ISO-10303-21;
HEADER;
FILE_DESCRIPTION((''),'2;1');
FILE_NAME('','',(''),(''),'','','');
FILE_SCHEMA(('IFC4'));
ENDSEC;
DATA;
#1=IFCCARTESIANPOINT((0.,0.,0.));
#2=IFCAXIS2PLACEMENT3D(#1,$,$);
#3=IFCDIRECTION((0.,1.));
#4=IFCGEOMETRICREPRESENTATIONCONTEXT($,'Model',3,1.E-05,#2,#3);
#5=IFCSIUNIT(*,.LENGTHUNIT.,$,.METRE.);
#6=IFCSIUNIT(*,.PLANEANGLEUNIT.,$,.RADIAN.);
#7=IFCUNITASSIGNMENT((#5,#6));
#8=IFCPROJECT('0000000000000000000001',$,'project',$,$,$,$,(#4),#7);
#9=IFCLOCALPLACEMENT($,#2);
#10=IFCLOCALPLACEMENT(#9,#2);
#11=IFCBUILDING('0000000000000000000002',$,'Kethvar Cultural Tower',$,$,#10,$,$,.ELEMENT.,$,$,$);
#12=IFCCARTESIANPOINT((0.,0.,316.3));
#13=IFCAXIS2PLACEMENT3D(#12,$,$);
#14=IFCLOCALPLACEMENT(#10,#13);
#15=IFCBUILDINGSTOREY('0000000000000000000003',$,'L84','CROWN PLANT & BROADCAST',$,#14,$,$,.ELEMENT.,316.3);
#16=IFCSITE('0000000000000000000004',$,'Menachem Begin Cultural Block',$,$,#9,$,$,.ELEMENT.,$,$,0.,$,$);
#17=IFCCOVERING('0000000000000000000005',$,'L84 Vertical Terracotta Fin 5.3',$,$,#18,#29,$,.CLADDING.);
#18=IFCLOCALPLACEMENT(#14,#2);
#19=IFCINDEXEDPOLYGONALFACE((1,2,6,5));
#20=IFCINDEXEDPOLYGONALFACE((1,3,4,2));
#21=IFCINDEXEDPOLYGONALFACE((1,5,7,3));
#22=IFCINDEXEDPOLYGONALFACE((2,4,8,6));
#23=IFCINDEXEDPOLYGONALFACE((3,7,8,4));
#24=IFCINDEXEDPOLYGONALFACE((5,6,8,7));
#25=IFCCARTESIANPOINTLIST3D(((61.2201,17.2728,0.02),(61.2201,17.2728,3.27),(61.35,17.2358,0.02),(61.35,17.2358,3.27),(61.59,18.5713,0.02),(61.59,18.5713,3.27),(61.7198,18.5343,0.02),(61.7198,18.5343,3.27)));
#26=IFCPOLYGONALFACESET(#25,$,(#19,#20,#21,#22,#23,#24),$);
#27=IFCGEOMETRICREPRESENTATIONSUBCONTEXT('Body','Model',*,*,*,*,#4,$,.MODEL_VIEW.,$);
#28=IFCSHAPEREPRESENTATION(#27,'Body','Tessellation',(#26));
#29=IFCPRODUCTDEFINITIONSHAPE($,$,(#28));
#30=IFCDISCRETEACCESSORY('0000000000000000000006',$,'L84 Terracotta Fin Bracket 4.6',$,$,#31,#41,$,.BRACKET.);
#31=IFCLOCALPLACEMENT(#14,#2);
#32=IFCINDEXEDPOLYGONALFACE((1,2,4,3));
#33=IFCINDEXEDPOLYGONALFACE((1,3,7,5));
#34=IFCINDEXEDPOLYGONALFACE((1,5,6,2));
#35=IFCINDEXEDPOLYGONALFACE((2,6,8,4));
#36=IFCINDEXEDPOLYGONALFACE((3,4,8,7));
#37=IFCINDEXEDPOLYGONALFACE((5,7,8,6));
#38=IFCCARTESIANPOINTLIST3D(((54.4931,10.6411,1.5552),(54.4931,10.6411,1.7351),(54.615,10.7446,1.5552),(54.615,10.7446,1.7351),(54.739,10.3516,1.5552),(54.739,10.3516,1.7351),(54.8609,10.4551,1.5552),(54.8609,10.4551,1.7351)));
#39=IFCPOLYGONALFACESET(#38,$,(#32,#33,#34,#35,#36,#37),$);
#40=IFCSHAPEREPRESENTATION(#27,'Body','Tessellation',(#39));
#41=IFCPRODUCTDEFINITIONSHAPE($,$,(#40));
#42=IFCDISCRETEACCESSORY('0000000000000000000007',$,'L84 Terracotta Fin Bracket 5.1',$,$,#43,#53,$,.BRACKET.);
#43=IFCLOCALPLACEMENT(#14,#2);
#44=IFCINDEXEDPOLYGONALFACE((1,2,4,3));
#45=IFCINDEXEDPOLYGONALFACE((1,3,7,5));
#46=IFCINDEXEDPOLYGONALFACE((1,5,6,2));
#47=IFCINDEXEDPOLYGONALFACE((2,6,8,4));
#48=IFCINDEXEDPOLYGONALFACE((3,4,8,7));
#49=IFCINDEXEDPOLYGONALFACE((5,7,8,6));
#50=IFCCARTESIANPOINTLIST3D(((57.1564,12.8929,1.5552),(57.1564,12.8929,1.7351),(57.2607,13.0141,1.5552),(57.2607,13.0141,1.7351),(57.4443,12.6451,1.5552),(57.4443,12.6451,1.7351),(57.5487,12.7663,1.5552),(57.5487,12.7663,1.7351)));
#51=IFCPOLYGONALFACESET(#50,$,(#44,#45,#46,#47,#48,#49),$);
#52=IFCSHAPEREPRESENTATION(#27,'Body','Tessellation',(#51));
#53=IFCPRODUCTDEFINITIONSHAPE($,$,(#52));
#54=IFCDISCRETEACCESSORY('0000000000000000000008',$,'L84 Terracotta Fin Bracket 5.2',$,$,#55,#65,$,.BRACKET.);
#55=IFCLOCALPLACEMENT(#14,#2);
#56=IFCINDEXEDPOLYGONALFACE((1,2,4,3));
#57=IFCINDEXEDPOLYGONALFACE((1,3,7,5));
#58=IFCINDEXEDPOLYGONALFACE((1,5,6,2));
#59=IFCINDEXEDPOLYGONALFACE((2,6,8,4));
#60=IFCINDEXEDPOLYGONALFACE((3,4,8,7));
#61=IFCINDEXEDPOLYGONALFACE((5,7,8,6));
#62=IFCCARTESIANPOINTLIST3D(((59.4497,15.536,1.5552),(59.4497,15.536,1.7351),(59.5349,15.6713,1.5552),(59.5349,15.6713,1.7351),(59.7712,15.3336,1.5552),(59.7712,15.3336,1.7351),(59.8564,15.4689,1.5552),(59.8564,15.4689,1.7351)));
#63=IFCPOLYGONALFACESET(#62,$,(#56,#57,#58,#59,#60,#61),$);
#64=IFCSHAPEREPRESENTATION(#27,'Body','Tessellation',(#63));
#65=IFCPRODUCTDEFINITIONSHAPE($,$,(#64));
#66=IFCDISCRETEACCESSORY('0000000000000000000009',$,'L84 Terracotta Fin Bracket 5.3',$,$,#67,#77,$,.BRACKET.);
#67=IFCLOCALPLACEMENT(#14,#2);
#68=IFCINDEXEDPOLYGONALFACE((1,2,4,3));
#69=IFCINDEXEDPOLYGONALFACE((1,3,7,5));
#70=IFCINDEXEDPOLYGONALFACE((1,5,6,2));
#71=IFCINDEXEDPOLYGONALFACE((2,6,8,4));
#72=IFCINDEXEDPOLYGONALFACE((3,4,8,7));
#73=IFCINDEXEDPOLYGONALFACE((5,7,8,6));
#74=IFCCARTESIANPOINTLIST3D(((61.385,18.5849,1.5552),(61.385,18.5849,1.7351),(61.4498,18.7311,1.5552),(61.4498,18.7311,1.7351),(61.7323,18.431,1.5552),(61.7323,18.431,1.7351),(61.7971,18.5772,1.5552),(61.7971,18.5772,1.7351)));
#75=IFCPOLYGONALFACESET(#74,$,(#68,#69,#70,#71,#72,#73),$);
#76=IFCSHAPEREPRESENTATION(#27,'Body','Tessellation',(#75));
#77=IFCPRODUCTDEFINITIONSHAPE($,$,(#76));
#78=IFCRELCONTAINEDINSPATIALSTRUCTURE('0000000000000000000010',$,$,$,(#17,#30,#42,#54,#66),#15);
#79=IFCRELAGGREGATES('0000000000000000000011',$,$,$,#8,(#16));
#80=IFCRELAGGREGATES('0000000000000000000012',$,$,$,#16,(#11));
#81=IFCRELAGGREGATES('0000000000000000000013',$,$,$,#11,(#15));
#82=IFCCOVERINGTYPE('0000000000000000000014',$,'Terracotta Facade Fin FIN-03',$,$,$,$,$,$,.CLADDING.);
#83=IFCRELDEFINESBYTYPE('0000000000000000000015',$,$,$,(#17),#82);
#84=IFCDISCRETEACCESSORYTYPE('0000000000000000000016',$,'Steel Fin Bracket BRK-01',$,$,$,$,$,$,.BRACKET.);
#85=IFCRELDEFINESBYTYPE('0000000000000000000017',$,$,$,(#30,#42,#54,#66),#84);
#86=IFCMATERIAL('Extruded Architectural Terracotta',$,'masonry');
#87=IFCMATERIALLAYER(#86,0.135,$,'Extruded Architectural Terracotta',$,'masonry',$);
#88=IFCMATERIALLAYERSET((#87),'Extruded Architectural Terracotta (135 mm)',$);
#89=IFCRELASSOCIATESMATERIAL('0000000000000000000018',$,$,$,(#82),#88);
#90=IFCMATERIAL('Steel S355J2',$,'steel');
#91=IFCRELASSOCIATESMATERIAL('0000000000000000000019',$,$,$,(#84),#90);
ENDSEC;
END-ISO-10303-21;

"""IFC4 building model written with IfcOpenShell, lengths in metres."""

from ifc_helpers import new_model, si_unit, direction, frame, origin, origin_2d, place, context, subcontext, project, spatial, rectangle, extrude, source, transform, mapped, material, layer, layer_set, type_object, element, save


model = new_model("IFC4")

# Units and contexts
model_context = context("Model", 3, precision=1e-05, world=origin(), true_north=direction((0.0, 1.0)))
body_context = subcontext(model_context, "Body", "Model", "MODEL_VIEW")
ifc_project = project(units=[si_unit("LENGTHUNIT", "METRE"), si_unit("PLANEANGLEUNIT", "RADIAN")], contexts=[model_context])

# Site, building, storey
site_placement = place(None, origin())
site = spatial("IfcSite", under=ifc_project, at=site_placement, Name="Menachem Begin Cultural Block", CompositionType="ELEMENT", RefElevation=0.0)
building_placement = place(site_placement, origin())
building = spatial("IfcBuilding", under=site, at=building_placement, Name="Kethvar Cultural Tower", CompositionType="ELEMENT")
storey_placement = place(building_placement, frame((0.0, 0.0, 316.3)))
storey = spatial("IfcBuildingStorey", under=building, at=storey_placement, Name="L84", Description="CROWN PLANT & BROADCAST", CompositionType="ELEMENT", Elevation=316.3)

# Shared definitions
ifc_material_1 = material(Name="Steel S355J2", Category="steel")

# Covering
ifc_material_2 = material(Name="Extruded Architectural Terracotta", Category="masonry")
ifc_layer_1 = layer(ifc_material_2, 0.135, Name="Extruded Architectural Terracotta", Category="masonry")
ifc_layer_set_1 = layer_set([ifc_layer_1], Name="Extruded Architectural Terracotta (135 mm)")
covering_type = type_object("IfcCoveringType", Name="Terracotta Facade Fin FIN-03", PredefinedType="CLADDING", material=ifc_layer_set_1)
shared_shape_1 = source(origin(), body_context, "Body", "SweptSolid", [
    extrude(rectangle(XDim=1.3501, YDim=0.135, at=origin_2d()), origin(), (0.0, 0.0, 1.0), 3.25),
])
for number, where, z_axis, x_axis, name in (
    (1, (61.47, 17.9036, 0.02), (0.0, 0.0, 1.0), (-0.273959, -0.961741, 0.0), "L84 Vertical Terracotta Fin 5.3"),
):
    element("IfcCovering", number, at=place(storey_placement, frame(where, z_axis=z_axis, x_axis=x_axis)), inside=storey, type_object=covering_type, Name=name, PredefinedType="CLADDING", context=body_context, shape_type="MappedRepresentation", body=[
        mapped(shared_shape_1, transform((0.0, 0.0, 0.0), scale=1.0)),
    ])

# Discrete accessories
discrete_accessory_type = type_object("IfcDiscreteAccessoryType", Name="Steel Fin Bracket BRK-01", PredefinedType="BRACKET", material=ifc_material_1)
shared_shape_2 = source(origin(), body_context, "Body", "SweptSolid", [
    extrude(rectangle(XDim=0.3799, YDim=0.1599, at=origin_2d()), origin(), (0.0, 0.0, 1.0), 0.1799),
])
for number, where, z_axis, x_axis, name in (
    (2, (54.677, 10.5481, 1.5552), (0.0, 0.0, 1.0), (0.647322, -0.762217, 0.0), "L84 Terracotta Fin Bracket 4.6"),
    (3, (57.3525, 12.8296, 1.5552), (0.0, 0.0, 1.0), (0.757907, -0.652363, 0.0), "L84 Terracotta Fin Bracket 5.1"),
    (4, (59.6531, 15.5024, 1.5552), (0.0, 0.0, 1.0), (0.846286, -0.532729, 0.0), "L84 Terracotta Fin Bracket 5.2"),
    (5, (61.5911, 18.5811, 1.5552), (0.0, 0.0, 1.0), (0.914254, -0.405142, 0.0), "L84 Terracotta Fin Bracket 5.3"),
):
    element("IfcDiscreteAccessory", number, at=place(storey_placement, frame(where, z_axis=z_axis, x_axis=x_axis)), inside=storey, type_object=discrete_accessory_type, Name=name, PredefinedType="BRACKET", context=body_context, shape_type="MappedRepresentation", body=[
        mapped(shared_shape_2, transform((0.0, 0.0, 0.0), scale=1.0)),
    ])

save(model, "model.ifc")
